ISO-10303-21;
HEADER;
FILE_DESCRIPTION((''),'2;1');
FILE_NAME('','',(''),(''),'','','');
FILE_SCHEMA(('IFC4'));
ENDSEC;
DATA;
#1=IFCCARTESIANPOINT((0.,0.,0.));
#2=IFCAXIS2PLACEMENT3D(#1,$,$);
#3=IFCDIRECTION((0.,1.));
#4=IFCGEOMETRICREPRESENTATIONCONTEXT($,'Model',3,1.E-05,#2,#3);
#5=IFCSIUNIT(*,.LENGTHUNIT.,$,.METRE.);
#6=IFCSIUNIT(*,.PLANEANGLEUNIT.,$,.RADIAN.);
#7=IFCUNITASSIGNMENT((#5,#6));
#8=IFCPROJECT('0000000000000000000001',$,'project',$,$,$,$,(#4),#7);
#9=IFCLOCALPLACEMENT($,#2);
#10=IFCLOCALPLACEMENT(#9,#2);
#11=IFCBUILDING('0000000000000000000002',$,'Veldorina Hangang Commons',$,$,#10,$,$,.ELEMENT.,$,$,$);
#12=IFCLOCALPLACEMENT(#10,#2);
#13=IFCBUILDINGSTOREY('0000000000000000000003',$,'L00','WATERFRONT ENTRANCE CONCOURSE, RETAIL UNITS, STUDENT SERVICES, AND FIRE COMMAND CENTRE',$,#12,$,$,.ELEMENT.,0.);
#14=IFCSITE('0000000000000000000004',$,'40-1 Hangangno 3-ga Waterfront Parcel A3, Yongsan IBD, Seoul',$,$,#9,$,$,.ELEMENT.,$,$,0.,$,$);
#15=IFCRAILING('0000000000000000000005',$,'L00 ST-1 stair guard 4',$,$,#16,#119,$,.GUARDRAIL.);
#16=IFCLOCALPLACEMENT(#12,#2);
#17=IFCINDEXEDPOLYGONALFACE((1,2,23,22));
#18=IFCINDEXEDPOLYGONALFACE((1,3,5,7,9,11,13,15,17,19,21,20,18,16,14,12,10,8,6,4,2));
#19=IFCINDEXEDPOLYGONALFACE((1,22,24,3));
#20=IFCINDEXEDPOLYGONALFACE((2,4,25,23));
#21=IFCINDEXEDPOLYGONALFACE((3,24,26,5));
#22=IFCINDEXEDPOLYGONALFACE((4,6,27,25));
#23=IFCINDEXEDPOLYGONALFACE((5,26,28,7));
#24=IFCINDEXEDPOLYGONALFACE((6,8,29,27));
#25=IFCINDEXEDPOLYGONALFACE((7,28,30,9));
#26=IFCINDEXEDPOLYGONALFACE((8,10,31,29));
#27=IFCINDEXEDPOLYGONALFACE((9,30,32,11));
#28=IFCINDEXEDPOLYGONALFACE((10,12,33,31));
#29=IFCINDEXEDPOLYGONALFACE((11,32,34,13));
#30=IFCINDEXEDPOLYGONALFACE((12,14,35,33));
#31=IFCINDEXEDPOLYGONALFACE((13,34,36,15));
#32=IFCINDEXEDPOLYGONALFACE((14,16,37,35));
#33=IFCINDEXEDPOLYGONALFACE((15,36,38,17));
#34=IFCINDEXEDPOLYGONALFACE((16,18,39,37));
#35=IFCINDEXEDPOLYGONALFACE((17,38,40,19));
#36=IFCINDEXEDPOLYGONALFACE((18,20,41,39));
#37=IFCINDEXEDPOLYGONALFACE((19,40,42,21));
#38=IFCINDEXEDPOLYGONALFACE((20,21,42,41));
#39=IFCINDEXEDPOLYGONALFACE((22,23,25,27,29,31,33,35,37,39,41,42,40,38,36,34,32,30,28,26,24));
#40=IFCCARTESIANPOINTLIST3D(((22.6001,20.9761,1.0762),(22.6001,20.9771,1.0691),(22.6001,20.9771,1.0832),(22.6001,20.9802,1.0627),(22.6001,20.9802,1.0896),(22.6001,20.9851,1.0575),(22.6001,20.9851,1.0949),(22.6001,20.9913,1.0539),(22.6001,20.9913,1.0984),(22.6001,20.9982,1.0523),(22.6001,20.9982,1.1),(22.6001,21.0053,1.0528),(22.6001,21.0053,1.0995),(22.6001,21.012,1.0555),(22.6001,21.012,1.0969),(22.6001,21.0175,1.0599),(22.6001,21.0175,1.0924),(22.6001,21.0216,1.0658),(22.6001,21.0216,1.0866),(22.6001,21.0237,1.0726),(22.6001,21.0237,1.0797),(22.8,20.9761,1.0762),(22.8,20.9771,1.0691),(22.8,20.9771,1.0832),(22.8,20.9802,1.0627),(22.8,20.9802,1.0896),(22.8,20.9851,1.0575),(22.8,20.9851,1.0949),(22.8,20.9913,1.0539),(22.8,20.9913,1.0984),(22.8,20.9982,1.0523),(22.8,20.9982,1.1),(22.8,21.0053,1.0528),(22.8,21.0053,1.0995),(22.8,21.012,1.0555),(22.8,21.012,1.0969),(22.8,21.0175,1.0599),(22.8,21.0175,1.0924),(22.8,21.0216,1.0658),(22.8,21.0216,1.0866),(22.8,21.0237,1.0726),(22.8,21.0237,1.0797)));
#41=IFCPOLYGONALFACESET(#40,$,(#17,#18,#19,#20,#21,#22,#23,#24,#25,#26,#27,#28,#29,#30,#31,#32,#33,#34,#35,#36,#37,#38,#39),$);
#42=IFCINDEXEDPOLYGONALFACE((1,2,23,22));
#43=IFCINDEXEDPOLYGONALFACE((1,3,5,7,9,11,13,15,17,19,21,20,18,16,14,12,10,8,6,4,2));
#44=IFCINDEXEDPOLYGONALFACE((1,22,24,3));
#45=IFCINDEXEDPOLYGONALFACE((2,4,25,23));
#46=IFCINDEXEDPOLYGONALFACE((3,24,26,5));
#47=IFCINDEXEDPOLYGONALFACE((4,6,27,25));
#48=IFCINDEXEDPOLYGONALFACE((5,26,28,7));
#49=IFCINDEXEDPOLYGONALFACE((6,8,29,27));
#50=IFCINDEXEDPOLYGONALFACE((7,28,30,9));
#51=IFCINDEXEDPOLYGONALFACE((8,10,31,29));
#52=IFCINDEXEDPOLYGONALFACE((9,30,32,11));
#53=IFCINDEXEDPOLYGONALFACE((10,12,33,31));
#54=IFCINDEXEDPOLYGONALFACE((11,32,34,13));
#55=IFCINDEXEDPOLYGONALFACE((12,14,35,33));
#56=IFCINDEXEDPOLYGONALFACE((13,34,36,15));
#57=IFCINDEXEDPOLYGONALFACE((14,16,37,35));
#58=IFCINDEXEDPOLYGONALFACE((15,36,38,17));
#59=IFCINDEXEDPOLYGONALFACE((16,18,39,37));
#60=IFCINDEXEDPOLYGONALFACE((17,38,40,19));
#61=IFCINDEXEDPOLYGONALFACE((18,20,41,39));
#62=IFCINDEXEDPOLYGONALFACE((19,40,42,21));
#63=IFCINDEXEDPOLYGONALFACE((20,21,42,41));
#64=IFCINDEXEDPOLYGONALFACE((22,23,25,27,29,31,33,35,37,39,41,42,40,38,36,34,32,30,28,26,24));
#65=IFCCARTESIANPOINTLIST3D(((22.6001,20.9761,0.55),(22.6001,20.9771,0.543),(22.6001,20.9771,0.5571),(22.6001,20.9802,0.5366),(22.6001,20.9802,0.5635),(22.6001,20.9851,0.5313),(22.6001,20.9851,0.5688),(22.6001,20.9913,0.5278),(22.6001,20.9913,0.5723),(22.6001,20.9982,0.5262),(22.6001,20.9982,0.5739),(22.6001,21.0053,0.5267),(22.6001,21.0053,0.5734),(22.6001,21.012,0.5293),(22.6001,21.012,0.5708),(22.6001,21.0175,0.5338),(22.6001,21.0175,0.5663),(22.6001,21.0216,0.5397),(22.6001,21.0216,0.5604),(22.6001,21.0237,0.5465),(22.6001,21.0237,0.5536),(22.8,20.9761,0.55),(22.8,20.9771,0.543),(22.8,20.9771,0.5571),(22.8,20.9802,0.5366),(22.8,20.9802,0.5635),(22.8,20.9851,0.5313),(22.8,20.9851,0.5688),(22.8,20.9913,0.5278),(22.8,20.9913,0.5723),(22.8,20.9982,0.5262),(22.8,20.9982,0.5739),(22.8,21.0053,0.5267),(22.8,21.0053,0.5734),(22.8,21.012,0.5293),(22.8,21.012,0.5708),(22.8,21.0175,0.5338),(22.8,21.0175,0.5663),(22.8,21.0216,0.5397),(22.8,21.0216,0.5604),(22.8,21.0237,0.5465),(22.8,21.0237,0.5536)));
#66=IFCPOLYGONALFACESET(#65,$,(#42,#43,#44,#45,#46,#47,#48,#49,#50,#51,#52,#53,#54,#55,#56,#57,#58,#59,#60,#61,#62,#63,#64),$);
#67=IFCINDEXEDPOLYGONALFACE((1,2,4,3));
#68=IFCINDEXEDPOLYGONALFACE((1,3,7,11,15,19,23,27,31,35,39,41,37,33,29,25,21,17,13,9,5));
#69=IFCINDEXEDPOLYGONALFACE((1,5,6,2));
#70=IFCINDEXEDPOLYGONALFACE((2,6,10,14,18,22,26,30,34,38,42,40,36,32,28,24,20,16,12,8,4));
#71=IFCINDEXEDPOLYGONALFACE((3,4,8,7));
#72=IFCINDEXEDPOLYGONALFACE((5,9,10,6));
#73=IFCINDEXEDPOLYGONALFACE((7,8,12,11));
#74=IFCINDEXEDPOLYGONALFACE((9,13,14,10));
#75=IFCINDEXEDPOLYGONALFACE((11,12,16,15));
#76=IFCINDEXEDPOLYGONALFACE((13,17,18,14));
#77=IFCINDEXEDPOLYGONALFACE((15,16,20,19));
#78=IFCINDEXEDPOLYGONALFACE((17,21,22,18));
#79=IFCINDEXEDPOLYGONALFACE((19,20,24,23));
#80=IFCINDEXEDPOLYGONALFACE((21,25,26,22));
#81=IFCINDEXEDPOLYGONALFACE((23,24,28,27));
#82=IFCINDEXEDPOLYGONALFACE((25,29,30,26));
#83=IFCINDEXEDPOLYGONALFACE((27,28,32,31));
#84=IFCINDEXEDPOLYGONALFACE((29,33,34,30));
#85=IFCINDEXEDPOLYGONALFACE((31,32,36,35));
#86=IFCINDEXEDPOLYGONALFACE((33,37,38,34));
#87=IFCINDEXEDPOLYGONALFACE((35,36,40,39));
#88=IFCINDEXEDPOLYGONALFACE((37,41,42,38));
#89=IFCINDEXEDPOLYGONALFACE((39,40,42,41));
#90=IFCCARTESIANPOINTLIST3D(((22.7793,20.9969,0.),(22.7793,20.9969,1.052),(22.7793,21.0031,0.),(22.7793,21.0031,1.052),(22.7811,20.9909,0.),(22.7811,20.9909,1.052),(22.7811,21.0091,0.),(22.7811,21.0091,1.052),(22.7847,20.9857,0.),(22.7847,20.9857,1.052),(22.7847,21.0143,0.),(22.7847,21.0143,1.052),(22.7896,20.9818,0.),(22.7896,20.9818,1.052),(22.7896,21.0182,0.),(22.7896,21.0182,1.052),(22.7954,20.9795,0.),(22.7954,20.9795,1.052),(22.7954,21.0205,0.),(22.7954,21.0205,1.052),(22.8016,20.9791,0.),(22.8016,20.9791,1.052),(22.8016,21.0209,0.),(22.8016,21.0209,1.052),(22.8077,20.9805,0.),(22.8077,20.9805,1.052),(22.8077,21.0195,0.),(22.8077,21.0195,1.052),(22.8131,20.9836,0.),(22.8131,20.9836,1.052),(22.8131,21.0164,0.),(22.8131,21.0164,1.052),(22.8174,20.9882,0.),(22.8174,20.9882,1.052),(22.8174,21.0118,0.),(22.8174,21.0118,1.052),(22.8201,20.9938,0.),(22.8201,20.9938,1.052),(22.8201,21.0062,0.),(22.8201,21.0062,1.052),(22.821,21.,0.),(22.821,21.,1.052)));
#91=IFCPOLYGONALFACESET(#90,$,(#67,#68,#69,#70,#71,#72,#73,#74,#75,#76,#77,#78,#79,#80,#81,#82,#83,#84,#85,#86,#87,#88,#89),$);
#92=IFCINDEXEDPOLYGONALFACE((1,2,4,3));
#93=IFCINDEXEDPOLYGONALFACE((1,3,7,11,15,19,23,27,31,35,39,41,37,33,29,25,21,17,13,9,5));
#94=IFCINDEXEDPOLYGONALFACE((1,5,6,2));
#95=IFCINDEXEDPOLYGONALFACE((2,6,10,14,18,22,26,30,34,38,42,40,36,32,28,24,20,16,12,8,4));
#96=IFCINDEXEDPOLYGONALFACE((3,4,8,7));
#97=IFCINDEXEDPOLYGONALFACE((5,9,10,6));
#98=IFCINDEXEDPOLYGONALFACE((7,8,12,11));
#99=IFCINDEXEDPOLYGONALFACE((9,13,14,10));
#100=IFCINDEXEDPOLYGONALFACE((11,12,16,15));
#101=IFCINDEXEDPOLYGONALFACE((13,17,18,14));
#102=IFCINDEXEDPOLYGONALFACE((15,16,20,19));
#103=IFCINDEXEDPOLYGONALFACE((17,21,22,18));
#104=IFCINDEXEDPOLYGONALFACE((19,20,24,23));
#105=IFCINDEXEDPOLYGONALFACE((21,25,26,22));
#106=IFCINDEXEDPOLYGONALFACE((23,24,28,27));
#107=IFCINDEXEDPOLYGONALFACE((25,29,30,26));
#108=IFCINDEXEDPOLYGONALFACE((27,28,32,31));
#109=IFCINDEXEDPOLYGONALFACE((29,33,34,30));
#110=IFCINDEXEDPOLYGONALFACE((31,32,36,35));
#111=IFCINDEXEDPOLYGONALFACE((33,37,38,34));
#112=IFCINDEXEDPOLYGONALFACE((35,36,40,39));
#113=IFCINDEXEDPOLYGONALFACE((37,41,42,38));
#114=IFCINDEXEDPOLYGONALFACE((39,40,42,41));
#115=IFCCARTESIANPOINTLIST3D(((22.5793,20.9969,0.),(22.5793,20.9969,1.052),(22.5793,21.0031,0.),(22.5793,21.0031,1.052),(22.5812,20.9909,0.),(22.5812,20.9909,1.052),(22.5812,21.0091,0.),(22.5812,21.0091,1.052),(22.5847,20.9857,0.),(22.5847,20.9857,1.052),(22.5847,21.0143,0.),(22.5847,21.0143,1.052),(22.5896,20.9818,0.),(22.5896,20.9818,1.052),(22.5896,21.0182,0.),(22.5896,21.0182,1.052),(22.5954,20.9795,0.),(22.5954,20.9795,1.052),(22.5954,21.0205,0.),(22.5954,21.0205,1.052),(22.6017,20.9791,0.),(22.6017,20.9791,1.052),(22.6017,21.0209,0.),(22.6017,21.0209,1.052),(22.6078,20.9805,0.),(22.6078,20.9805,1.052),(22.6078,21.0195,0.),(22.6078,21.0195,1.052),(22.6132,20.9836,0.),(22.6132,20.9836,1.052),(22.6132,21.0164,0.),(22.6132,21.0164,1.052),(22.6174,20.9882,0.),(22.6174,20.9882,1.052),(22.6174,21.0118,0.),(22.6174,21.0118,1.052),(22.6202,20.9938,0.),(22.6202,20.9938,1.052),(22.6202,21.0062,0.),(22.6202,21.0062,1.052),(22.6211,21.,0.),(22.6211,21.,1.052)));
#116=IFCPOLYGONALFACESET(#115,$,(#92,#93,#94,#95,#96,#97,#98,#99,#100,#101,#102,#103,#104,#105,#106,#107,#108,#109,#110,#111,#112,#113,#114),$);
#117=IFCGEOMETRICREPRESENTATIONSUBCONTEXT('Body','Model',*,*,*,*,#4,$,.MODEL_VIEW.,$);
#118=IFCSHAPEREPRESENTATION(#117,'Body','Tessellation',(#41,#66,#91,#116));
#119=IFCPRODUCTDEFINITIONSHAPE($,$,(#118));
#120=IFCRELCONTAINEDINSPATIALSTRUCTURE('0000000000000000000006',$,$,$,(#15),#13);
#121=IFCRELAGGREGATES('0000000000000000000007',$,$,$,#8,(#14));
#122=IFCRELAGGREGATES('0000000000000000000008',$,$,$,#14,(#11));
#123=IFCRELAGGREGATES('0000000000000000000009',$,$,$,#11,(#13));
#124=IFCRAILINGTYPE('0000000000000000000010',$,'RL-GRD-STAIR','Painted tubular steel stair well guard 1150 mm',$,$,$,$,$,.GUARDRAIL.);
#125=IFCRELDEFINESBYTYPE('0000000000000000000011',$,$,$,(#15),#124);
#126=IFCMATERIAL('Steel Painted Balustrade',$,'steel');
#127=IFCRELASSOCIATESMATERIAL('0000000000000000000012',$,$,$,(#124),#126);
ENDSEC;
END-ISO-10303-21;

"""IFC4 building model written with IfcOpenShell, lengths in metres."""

from ifc_helpers import new_model, si_unit, direction, frame, origin, origin_2d, place, context, subcontext, project, spatial, circle, extrude, material, type_object, element, save


model = new_model("IFC4")

# Units and contexts
model_context = context("Model", 3, precision=1e-05, world=origin(), true_north=direction((0.0, 1.0)))
body_context = subcontext(model_context, "Body", "Model", "MODEL_VIEW")
ifc_project = project(units=[si_unit("LENGTHUNIT", "METRE"), si_unit("PLANEANGLEUNIT", "RADIAN")], contexts=[model_context])

# Site, building, storey
site_placement = place(None, origin())
site = spatial("IfcSite", under=ifc_project, at=site_placement, Name="40-1 Hangangno 3-ga Waterfront Parcel A3, Yongsan IBD, Seoul", CompositionType="ELEMENT", RefElevation=0.0)
building_placement = place(site_placement, origin())
building = spatial("IfcBuilding", under=site, at=building_placement, Name="Veldorina Hangang Commons", CompositionType="ELEMENT")
storey_placement = place(building_placement, origin())
storey = spatial("IfcBuildingStorey", under=building, at=storey_placement, Name="L00", Description="WATERFRONT ENTRANCE CONCOURSE, RETAIL UNITS, STUDENT SERVICES, AND FIRE COMMAND CENTRE", CompositionType="ELEMENT", Elevation=0.0)

# Railing
ifc_material_1 = material(Name="Steel Painted Balustrade", Category="steel")
railing_type_1 = type_object("IfcRailingType", Name="RL-GRD-STAIR", Description="Painted tubular steel stair well guard 1150 mm", PredefinedType="GUARDRAIL", material=ifc_material_1)
railing_1_placement = place(storey_placement, frame((22.8, 21.0, 0.0)))
element("IfcRailing", 1, at=railing_1_placement, inside=storey, type_object=railing_type_1, Name="L00 ST-1 stair guard 4", PredefinedType="GUARDRAIL", context=body_context, shape_type="SweptSolid", body=[
    extrude(circle(Radius=0.0239, at=origin_2d()), frame((0.0, 0.0, 1.0762), z_axis=(-1.0, 0.0, 0.0), x_axis=(0.0, -1.0, 0.0)), (0.0, 0.0, 1.0), 0.2),
    extrude(circle(Radius=0.0239, at=origin_2d()), frame((0.0, 0.0, 0.55), z_axis=(-1.0, 0.0, 0.0), x_axis=(0.0, -1.0, 0.0)), (0.0, 0.0, 1.0), 0.2),
    extrude(circle(Radius=0.021, at=origin_2d()), origin(), (0.0, 0.0, 1.0), 1.052),
    extrude(circle(Radius=0.021, at=origin_2d()), frame((-0.2, 0.0, 0.0)), (0.0, 0.0, 1.0), 1.052),
])

save(model, "model.ifc")
